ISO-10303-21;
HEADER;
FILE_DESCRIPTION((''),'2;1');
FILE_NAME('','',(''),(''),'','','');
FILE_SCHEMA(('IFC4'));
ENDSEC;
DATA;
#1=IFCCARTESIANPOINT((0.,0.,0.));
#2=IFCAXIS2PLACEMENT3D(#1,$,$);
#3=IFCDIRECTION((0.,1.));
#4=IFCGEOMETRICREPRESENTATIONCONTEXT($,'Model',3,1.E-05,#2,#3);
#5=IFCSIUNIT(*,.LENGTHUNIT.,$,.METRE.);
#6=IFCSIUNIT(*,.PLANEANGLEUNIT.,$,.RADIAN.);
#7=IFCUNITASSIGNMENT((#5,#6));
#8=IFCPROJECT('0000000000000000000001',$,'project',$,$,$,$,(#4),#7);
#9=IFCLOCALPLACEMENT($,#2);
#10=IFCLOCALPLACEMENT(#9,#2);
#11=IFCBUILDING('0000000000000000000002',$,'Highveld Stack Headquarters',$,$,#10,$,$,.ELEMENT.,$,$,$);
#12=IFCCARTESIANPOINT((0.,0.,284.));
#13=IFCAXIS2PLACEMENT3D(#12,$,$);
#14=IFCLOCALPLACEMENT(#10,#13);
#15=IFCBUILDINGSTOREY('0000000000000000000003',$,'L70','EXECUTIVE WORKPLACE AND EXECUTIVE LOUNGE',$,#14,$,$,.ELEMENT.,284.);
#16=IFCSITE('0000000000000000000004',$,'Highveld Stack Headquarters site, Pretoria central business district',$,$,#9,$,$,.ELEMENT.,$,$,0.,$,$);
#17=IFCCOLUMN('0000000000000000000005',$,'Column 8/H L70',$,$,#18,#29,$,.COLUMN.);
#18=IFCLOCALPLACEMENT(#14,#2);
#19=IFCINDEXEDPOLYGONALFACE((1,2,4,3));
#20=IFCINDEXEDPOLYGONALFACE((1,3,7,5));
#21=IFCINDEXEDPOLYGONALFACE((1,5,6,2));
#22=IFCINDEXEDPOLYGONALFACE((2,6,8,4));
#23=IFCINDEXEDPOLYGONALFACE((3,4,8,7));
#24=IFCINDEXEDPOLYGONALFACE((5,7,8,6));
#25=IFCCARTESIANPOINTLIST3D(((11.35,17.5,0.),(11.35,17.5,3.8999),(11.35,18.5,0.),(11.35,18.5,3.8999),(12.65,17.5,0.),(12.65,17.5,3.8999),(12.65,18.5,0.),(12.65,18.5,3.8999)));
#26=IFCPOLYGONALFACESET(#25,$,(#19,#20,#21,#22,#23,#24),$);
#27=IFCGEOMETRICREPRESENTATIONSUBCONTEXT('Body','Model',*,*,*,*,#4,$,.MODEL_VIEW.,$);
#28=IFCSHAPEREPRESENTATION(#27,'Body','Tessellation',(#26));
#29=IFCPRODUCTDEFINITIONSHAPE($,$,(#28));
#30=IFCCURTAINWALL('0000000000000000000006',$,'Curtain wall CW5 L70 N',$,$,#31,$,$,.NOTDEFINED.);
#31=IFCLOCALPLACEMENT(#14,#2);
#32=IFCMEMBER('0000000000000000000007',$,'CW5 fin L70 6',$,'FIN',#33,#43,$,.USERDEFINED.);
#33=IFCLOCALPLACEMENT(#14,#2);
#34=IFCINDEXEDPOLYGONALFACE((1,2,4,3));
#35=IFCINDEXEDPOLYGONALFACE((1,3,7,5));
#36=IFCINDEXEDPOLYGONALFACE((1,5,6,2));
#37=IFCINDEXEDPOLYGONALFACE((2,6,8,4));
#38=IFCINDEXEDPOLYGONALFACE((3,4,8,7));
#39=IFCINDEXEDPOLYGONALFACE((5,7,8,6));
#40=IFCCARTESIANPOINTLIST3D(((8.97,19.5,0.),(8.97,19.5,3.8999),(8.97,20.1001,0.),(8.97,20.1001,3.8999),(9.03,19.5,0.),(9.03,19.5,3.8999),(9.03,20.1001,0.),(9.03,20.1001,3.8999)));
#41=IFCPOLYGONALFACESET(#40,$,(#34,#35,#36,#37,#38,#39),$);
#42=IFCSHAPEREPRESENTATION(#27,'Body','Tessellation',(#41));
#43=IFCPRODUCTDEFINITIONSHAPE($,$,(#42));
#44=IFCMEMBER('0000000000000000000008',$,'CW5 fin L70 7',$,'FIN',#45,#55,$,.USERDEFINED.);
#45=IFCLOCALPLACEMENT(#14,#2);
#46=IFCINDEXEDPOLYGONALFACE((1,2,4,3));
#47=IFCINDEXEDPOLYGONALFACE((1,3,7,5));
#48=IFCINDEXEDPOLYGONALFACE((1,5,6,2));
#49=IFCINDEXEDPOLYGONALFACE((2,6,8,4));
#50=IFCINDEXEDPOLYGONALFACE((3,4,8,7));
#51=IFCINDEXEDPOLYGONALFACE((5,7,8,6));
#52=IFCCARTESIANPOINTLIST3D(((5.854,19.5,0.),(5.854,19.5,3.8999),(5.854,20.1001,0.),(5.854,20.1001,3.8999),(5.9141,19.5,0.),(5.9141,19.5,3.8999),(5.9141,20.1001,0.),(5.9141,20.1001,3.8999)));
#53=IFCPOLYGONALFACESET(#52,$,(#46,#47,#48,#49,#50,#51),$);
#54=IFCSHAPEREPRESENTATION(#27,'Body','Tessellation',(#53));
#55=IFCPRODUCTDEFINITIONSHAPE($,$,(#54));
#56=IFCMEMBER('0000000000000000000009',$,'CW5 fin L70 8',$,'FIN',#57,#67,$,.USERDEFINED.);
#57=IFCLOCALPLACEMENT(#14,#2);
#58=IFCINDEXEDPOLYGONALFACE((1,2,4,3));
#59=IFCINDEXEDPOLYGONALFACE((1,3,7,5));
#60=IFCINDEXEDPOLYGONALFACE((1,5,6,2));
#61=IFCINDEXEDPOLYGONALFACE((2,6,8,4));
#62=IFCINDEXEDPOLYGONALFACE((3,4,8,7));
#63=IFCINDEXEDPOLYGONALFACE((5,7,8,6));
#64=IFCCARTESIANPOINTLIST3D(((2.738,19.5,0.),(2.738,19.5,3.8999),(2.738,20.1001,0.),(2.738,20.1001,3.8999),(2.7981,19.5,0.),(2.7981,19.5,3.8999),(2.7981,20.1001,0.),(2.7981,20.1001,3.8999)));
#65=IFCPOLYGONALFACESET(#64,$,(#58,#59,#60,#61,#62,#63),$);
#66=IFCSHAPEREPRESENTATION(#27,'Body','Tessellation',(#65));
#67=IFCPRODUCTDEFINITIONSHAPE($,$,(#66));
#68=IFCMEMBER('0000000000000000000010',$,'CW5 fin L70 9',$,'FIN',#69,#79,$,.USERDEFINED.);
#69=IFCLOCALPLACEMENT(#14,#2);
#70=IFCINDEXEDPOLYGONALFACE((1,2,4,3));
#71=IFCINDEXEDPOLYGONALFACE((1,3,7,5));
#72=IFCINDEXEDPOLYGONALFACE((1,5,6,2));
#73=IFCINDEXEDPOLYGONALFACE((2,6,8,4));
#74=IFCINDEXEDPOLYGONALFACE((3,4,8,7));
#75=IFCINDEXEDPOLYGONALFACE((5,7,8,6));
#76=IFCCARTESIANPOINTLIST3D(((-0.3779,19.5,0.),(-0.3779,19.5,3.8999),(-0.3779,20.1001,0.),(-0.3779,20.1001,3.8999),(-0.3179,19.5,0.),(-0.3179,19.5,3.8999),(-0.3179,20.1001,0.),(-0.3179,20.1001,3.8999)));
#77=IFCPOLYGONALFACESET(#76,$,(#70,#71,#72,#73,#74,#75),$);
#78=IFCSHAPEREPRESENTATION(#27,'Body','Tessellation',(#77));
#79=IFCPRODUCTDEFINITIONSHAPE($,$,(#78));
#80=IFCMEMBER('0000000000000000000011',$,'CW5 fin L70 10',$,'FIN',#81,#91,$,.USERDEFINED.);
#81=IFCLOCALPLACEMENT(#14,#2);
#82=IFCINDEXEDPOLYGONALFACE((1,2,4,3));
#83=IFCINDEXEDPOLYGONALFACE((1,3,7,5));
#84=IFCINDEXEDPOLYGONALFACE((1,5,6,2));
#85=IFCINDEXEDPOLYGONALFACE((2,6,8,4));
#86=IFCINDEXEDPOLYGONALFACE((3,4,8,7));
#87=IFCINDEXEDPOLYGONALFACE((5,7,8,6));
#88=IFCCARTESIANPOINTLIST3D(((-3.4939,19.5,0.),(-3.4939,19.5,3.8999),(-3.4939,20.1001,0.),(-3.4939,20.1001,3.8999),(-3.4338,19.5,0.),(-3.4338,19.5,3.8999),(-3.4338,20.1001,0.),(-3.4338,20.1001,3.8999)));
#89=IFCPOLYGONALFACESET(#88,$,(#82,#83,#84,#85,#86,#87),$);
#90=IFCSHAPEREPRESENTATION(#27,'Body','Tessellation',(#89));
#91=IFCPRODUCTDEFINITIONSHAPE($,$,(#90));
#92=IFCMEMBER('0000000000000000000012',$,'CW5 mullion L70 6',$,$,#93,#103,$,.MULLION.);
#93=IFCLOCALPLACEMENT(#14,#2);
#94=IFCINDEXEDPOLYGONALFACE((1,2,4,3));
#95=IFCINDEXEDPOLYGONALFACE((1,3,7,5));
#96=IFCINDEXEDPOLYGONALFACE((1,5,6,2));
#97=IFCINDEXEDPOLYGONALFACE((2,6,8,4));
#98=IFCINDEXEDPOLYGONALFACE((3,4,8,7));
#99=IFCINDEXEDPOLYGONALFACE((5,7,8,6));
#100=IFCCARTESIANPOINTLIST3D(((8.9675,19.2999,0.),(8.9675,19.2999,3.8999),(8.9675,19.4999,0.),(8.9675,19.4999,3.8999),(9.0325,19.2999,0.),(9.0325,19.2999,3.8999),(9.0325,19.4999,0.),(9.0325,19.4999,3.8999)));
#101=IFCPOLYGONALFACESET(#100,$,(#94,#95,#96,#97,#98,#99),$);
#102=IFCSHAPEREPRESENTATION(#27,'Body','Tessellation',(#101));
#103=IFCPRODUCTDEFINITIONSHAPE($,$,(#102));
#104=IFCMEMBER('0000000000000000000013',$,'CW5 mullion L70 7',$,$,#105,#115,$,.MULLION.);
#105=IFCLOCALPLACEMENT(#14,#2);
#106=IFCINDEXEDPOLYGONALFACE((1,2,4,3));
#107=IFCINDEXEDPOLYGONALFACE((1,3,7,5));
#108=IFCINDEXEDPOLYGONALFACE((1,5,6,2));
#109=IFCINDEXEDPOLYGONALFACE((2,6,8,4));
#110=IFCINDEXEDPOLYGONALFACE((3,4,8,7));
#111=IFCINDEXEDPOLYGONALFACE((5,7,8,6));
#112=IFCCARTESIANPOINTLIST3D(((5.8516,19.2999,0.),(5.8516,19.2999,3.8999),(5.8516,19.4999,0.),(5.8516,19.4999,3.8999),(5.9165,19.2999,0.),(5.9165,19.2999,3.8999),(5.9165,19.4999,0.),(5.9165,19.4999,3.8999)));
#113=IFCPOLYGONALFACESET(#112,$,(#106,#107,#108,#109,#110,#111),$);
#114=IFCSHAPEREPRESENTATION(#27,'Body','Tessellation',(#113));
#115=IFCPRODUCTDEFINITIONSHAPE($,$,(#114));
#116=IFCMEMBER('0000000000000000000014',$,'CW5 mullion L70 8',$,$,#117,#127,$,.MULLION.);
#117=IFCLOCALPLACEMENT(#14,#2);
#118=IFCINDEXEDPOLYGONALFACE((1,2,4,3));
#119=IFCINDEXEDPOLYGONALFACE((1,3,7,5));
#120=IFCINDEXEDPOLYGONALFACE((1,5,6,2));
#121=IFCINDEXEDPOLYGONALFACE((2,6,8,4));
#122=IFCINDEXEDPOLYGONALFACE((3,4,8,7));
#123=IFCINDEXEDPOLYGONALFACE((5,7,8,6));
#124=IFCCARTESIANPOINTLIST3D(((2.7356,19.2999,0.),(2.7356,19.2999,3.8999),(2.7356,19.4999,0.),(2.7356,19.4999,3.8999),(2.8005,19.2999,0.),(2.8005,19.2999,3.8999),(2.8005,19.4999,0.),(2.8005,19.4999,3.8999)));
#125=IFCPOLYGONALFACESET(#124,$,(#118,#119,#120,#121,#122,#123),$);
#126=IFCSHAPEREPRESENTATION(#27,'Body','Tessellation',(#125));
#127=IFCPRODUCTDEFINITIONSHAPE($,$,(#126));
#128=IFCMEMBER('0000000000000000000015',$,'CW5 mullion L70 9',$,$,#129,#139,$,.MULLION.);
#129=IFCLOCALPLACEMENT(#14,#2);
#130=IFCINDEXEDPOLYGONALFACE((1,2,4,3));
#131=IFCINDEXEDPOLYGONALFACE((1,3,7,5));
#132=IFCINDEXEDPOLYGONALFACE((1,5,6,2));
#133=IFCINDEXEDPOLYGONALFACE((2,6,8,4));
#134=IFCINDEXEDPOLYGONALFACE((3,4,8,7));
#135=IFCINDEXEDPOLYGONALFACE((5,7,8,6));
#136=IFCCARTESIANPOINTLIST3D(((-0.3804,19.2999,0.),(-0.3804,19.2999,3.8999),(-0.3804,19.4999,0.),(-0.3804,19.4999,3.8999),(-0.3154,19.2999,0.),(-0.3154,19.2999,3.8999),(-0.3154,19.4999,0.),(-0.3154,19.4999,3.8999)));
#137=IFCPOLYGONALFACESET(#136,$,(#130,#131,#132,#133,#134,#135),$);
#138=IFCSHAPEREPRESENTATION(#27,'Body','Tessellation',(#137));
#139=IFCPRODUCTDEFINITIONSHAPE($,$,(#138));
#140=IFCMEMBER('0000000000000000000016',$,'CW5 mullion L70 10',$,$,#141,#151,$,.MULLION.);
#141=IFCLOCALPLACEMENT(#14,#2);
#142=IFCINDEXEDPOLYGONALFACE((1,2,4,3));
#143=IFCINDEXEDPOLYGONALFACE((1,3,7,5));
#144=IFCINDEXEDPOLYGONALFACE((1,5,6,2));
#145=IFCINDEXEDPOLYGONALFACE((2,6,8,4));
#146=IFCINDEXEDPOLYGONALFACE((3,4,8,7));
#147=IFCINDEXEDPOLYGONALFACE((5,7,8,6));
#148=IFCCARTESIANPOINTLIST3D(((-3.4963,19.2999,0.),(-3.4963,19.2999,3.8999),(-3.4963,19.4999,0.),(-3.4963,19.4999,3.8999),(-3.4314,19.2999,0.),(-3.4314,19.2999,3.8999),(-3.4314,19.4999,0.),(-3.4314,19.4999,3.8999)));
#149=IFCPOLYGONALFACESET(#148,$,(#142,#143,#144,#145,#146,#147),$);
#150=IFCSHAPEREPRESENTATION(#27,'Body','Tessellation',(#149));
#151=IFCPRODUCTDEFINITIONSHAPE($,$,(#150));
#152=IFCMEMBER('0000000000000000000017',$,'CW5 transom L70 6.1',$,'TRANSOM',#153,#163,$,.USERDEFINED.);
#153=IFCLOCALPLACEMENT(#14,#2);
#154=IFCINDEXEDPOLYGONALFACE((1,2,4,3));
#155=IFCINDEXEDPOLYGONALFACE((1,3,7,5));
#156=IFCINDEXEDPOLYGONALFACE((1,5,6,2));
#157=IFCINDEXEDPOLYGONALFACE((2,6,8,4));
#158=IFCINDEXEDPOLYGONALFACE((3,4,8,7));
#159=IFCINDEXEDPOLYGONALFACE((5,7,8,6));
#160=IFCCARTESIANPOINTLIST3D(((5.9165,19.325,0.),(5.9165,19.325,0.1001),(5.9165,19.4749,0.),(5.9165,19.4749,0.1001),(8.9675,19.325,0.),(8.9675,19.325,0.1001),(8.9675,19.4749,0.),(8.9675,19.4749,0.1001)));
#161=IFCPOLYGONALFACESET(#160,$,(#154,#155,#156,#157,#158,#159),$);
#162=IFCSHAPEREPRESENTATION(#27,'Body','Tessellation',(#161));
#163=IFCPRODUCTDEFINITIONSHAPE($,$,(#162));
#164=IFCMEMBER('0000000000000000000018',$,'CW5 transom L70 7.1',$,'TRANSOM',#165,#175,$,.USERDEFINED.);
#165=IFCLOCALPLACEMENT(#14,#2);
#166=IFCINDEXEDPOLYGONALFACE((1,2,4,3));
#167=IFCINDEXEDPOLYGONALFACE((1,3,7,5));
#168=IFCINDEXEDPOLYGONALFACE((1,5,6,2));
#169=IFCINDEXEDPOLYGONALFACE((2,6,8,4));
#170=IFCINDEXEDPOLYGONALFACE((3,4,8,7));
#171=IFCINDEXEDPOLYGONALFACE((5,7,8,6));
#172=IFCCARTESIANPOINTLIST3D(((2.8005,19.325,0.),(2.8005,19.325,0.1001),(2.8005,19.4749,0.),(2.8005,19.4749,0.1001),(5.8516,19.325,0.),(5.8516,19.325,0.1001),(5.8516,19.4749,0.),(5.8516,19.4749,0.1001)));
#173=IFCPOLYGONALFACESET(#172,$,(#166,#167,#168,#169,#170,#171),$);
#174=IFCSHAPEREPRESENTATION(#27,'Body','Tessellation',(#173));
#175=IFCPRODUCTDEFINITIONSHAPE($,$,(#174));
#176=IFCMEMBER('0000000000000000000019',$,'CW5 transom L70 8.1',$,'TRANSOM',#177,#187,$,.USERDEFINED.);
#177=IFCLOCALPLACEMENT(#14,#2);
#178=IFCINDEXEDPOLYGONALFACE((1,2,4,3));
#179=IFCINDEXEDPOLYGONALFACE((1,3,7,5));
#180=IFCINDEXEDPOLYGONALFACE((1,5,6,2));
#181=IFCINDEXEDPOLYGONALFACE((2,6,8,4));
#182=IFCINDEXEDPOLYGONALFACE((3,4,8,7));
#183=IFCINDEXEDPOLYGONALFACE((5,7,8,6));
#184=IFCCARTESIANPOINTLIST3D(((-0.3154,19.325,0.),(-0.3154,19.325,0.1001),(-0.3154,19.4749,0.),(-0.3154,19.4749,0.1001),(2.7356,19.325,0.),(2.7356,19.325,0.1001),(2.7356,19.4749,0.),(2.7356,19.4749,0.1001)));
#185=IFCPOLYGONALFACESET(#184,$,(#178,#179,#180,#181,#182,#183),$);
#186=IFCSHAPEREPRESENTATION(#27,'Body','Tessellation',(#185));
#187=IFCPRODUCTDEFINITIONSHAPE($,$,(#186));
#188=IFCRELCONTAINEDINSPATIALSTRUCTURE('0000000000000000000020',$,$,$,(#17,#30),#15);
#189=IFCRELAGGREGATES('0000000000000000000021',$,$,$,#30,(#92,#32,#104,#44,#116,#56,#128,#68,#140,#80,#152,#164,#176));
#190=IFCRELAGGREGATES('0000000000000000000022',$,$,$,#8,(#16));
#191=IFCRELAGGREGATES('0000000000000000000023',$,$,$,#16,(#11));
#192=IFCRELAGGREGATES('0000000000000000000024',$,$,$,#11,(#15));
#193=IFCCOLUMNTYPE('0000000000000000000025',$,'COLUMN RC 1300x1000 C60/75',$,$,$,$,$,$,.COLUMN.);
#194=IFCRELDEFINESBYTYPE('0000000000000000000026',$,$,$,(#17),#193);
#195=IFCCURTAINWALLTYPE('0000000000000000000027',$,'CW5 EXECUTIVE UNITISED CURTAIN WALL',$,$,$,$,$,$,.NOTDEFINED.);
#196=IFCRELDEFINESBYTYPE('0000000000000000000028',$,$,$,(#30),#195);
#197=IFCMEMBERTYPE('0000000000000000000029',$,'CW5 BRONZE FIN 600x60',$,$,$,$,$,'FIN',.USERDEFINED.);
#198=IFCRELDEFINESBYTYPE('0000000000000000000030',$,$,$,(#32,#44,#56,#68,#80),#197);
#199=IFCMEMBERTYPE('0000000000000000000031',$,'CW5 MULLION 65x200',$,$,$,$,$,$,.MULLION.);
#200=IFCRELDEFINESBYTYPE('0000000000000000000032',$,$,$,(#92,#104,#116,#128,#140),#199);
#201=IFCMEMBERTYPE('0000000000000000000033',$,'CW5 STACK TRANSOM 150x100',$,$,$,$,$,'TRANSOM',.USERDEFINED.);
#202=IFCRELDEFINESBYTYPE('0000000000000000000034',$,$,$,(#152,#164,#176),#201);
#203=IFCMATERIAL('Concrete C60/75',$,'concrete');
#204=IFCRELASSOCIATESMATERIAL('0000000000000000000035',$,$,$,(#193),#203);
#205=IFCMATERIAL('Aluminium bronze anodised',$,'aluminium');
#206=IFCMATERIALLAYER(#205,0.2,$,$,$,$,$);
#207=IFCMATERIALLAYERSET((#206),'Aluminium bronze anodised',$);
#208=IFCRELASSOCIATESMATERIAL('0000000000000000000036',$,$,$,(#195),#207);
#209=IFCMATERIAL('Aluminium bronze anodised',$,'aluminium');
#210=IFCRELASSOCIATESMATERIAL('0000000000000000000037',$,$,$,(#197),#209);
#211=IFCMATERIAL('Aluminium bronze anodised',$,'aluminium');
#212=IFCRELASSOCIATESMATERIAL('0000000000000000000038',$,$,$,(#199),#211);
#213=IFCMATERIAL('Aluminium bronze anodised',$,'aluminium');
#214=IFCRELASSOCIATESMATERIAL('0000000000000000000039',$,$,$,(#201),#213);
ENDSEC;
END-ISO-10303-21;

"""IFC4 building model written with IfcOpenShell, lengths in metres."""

from ifc_helpers import new_model, si_unit, direction, frame, origin, origin_2d, place, context, subcontext, project, spatial, rectangle, extrude, material, layer, layer_set, material_profile, profile_set, type_object, element, aggregate, save


model = new_model("IFC4")

# Units and contexts
model_context = context("Model", 3, precision=1e-05, world=origin(), true_north=direction((0.0, 1.0)))
body_context = subcontext(model_context, "Body", "Model", "MODEL_VIEW")
ifc_project = project(units=[si_unit("LENGTHUNIT", "METRE"), si_unit("PLANEANGLEUNIT", "RADIAN")], contexts=[model_context])

# Site, building, storey
site_placement = place(None, origin())
site = spatial("IfcSite", under=ifc_project, at=site_placement, Name="Highveld Stack Headquarters site, Pretoria central business district", CompositionType="ELEMENT", RefElevation=0.0)
building_placement = place(site_placement, origin())
building = spatial("IfcBuilding", under=site, at=building_placement, Name="Highveld Stack Headquarters", CompositionType="ELEMENT")
storey_placement = place(building_placement, frame((0.0, 0.0, 284.0)))
storey = spatial("IfcBuildingStorey", under=building, at=storey_placement, Name="L70", Description="EXECUTIVE WORKPLACE AND EXECUTIVE LOUNGE", CompositionType="ELEMENT", Elevation=284.0)

# Column
ifc_material_1 = material(Name="Concrete C60/75", Category="concrete")
ifc_material_profile_1 = material_profile(ifc_material_1, rectangle(XDim=1.3, YDim=1.0, at=origin_2d()), Name="RC 1300x1000")
ifc_profile_set_1 = profile_set([ifc_material_profile_1], Name="Concrete C60/75")
column_type = type_object("IfcColumnType", Name="COLUMN RC 1300x1000 C60/75", PredefinedType="COLUMN", material=ifc_profile_set_1)
column_placement = place(storey_placement, frame((12.0, 18.0, 0.0), z_axis=(0.0, 0.0, 1.0), x_axis=(1.0, 0.0, 0.0)))
element("IfcColumn", 1, at=column_placement, inside=storey, type_object=column_type, Name="Column 8/H L70", PredefinedType="COLUMN", context=body_context, shape_type="SweptSolid", body=[
    extrude(rectangle(XDim=1.3, YDim=1.0, at=origin_2d()), origin(), (0.0, 0.0, 1.0), 3.8999),
])

# Curtain wall, members
ifc_material_2 = material(Name="Aluminium bronze anodised", Category="aluminium")
ifc_layer_1 = layer(ifc_material_2, 0.2)
ifc_layer_set_1 = layer_set([ifc_layer_1], Name="Aluminium bronze anodised")
curtain_wall_type = type_object("IfcCurtainWallType", Name="CW5 EXECUTIVE UNITISED CURTAIN WALL", PredefinedType="NOTDEFINED", material=ifc_layer_set_1)
curtain_wall_placement = place(storey_placement, origin())
curtain_wall = element("IfcCurtainWall", 2, at=curtain_wall_placement, inside=storey, type_object=curtain_wall_type, Name="Curtain wall CW5 L70 N", PredefinedType="NOTDEFINED")
ifc_material_3 = material(Name="Aluminium bronze anodised", Category="aluminium")
ifc_material_profile_2 = material_profile(ifc_material_3, rectangle(XDim=0.6001, YDim=0.0601, at=origin_2d()), Name="FIN 600x60")
ifc_profile_set_2 = profile_set([ifc_material_profile_2], Name="Aluminium bronze anodised")
member_type_1 = type_object("IfcMemberType", Name="CW5 BRONZE FIN 600x60", ElementType="FIN", PredefinedType="USERDEFINED", material=ifc_profile_set_2)
member_1_placement = place(storey_placement, frame((9.0, 19.8, 0.0), z_axis=(0.0, 0.0, 1.0), x_axis=(0.0, -1.0, 0.0)))
member_1 = element("IfcMember", 3, at=member_1_placement, type_object=member_type_1, Name="CW5 fin L70 6", ObjectType="FIN", PredefinedType="USERDEFINED", context=body_context, shape_type="SweptSolid", body=[
    extrude(rectangle(XDim=0.6001, YDim=0.0601, at=origin_2d()), origin(), (0.0, 0.0, 1.0), 3.8999),
])
member_2_placement = place(storey_placement, frame((5.884, 19.8, 0.0), z_axis=(0.0, 0.0, 1.0), x_axis=(0.0, -1.0, 0.0)))
member_2 = element("IfcMember", 4, at=member_2_placement, type_object=member_type_1, Name="CW5 fin L70 7", ObjectType="FIN", PredefinedType="USERDEFINED", context=body_context, shape_type="SweptSolid", body=[
    extrude(rectangle(XDim=0.6001, YDim=0.0601, at=origin_2d()), origin(), (0.0, 0.0, 1.0), 3.8999),
])
member_3_placement = place(storey_placement, frame((2.7681, 19.8, 0.0), z_axis=(0.0, 0.0, 1.0), x_axis=(0.0, -1.0, 0.0)))
member_3 = element("IfcMember", 5, at=member_3_placement, type_object=member_type_1, Name="CW5 fin L70 8", ObjectType="FIN", PredefinedType="USERDEFINED", context=body_context, shape_type="SweptSolid", body=[
    extrude(rectangle(XDim=0.6001, YDim=0.0601, at=origin_2d()), origin(), (0.0, 0.0, 1.0), 3.8999),
])
member_4_placement = place(storey_placement, frame((-0.3479, 19.8, 0.0), z_axis=(0.0, 0.0, 1.0), x_axis=(0.0, -1.0, 0.0)))
member_4 = element("IfcMember", 6, at=member_4_placement, type_object=member_type_1, Name="CW5 fin L70 9", ObjectType="FIN", PredefinedType="USERDEFINED", context=body_context, shape_type="SweptSolid", body=[
    extrude(rectangle(XDim=0.6001, YDim=0.0601, at=origin_2d()), origin(), (0.0, 0.0, 1.0), 3.8999),
])
member_5_placement = place(storey_placement, frame((-3.4639, 19.8, 0.0), z_axis=(0.0, 0.0, 1.0), x_axis=(0.0, -1.0, 0.0)))
member_5 = element("IfcMember", 7, at=member_5_placement, type_object=member_type_1, Name="CW5 fin L70 10", ObjectType="FIN", PredefinedType="USERDEFINED", context=body_context, shape_type="SweptSolid", body=[
    extrude(rectangle(XDim=0.6001, YDim=0.0601, at=origin_2d()), origin(), (0.0, 0.0, 1.0), 3.8999),
])
ifc_material_4 = material(Name="Aluminium bronze anodised", Category="aluminium")
ifc_material_profile_3 = material_profile(ifc_material_4, rectangle(XDim=0.2, YDim=0.0649, at=origin_2d()), Name="CW5 MULLION 65x200")
ifc_profile_set_3 = profile_set([ifc_material_profile_3], Name="Aluminium bronze anodised")
member_type_2 = type_object("IfcMemberType", Name="CW5 MULLION 65x200", PredefinedType="MULLION", material=ifc_profile_set_3)
member_6_placement = place(storey_placement, frame((9.0, 19.3999, 0.0), z_axis=(0.0, 0.0, 1.0), x_axis=(0.0, -1.0, 0.0)))
member_6 = element("IfcMember", 8, at=member_6_placement, type_object=member_type_2, Name="CW5 mullion L70 6", PredefinedType="MULLION", context=body_context, shape_type="SweptSolid", body=[
    extrude(rectangle(XDim=0.2, YDim=0.0649, at=origin_2d()), origin(), (0.0, 0.0, 1.0), 3.8999),
])
member_7_placement = place(storey_placement, frame((5.884, 19.3999, 0.0), z_axis=(0.0, 0.0, 1.0), x_axis=(0.0, -1.0, 0.0)))
member_7 = element("IfcMember", 9, at=member_7_placement, type_object=member_type_2, Name="CW5 mullion L70 7", PredefinedType="MULLION", context=body_context, shape_type="SweptSolid", body=[
    extrude(rectangle(XDim=0.2, YDim=0.0649, at=origin_2d()), origin(), (0.0, 0.0, 1.0), 3.8999),
])
member_8_placement = place(storey_placement, frame((2.7681, 19.3999, 0.0), z_axis=(0.0, 0.0, 1.0), x_axis=(0.0, -1.0, 0.0)))
member_8 = element("IfcMember", 10, at=member_8_placement, type_object=member_type_2, Name="CW5 mullion L70 8", PredefinedType="MULLION", context=body_context, shape_type="SweptSolid", body=[
    extrude(rectangle(XDim=0.2, YDim=0.0649, at=origin_2d()), origin(), (0.0, 0.0, 1.0), 3.8999),
])
member_9_placement = place(storey_placement, frame((-0.3479, 19.3999, 0.0), z_axis=(0.0, 0.0, 1.0), x_axis=(0.0, -1.0, 0.0)))
member_9 = element("IfcMember", 11, at=member_9_placement, type_object=member_type_2, Name="CW5 mullion L70 9", PredefinedType="MULLION", context=body_context, shape_type="SweptSolid", body=[
    extrude(rectangle(XDim=0.2, YDim=0.0649, at=origin_2d()), origin(), (0.0, 0.0, 1.0), 3.8999),
])
member_10_placement = place(storey_placement, frame((-3.4639, 19.3999, 0.0), z_axis=(0.0, 0.0, 1.0), x_axis=(0.0, -1.0, 0.0)))
member_10 = element("IfcMember", 12, at=member_10_placement, type_object=member_type_2, Name="CW5 mullion L70 10", PredefinedType="MULLION", context=body_context, shape_type="SweptSolid", body=[
    extrude(rectangle(XDim=0.2, YDim=0.0649, at=origin_2d()), origin(), (0.0, 0.0, 1.0), 3.8999),
])
ifc_material_5 = material(Name="Aluminium bronze anodised", Category="aluminium")
ifc_material_profile_4 = material_profile(ifc_material_5, rectangle(XDim=0.1499, YDim=0.1001, at=origin_2d()), Name="CW5 TRANSOM 150x100")
ifc_profile_set_4 = profile_set([ifc_material_profile_4], Name="Aluminium bronze anodised")
member_type_3 = type_object("IfcMemberType", Name="CW5 STACK TRANSOM 150x100", ElementType="TRANSOM", PredefinedType="USERDEFINED", material=ifc_profile_set_4)
member_11_placement = place(storey_placement, frame((8.9675, 19.3999, 0.05), z_axis=(-1.0, 0.0, 0.0), x_axis=(0.0, -1.0, 0.0)))
member_11 = element("IfcMember", 13, at=member_11_placement, type_object=member_type_3, Name="CW5 transom L70 6.1", ObjectType="TRANSOM", PredefinedType="USERDEFINED", context=body_context, shape_type="SweptSolid", body=[
    extrude(rectangle(XDim=0.1499, YDim=0.1001, at=origin_2d()), origin(), (0.0, 0.0, 1.0), 3.051),
])
member_12_placement = place(storey_placement, frame((5.8516, 19.3999, 0.05), z_axis=(-1.0, 0.0, 0.0), x_axis=(0.0, -1.0, 0.0)))
member_12 = element("IfcMember", 14, at=member_12_placement, type_object=member_type_3, Name="CW5 transom L70 7.1", ObjectType="TRANSOM", PredefinedType="USERDEFINED", context=body_context, shape_type="SweptSolid", body=[
    extrude(rectangle(XDim=0.1499, YDim=0.1001, at=origin_2d()), origin(), (0.0, 0.0, 1.0), 3.051),
])
member_13_placement = place(storey_placement, frame((2.7356, 19.3999, 0.05), z_axis=(-1.0, 0.0, 0.0), x_axis=(0.0, -1.0, 0.0)))
member_13 = element("IfcMember", 15, at=member_13_placement, type_object=member_type_3, Name="CW5 transom L70 8.1", ObjectType="TRANSOM", PredefinedType="USERDEFINED", context=body_context, shape_type="SweptSolid", body=[
    extrude(rectangle(XDim=0.1499, YDim=0.1001, at=origin_2d()), origin(), (0.0, 0.0, 1.0), 3.051),
])
aggregate(curtain_wall, [member_6, member_1, member_7, member_2, member_8, member_3, member_9, member_4, member_10, member_5, member_11, member_12, member_13])

save(model, "model.ifc")
